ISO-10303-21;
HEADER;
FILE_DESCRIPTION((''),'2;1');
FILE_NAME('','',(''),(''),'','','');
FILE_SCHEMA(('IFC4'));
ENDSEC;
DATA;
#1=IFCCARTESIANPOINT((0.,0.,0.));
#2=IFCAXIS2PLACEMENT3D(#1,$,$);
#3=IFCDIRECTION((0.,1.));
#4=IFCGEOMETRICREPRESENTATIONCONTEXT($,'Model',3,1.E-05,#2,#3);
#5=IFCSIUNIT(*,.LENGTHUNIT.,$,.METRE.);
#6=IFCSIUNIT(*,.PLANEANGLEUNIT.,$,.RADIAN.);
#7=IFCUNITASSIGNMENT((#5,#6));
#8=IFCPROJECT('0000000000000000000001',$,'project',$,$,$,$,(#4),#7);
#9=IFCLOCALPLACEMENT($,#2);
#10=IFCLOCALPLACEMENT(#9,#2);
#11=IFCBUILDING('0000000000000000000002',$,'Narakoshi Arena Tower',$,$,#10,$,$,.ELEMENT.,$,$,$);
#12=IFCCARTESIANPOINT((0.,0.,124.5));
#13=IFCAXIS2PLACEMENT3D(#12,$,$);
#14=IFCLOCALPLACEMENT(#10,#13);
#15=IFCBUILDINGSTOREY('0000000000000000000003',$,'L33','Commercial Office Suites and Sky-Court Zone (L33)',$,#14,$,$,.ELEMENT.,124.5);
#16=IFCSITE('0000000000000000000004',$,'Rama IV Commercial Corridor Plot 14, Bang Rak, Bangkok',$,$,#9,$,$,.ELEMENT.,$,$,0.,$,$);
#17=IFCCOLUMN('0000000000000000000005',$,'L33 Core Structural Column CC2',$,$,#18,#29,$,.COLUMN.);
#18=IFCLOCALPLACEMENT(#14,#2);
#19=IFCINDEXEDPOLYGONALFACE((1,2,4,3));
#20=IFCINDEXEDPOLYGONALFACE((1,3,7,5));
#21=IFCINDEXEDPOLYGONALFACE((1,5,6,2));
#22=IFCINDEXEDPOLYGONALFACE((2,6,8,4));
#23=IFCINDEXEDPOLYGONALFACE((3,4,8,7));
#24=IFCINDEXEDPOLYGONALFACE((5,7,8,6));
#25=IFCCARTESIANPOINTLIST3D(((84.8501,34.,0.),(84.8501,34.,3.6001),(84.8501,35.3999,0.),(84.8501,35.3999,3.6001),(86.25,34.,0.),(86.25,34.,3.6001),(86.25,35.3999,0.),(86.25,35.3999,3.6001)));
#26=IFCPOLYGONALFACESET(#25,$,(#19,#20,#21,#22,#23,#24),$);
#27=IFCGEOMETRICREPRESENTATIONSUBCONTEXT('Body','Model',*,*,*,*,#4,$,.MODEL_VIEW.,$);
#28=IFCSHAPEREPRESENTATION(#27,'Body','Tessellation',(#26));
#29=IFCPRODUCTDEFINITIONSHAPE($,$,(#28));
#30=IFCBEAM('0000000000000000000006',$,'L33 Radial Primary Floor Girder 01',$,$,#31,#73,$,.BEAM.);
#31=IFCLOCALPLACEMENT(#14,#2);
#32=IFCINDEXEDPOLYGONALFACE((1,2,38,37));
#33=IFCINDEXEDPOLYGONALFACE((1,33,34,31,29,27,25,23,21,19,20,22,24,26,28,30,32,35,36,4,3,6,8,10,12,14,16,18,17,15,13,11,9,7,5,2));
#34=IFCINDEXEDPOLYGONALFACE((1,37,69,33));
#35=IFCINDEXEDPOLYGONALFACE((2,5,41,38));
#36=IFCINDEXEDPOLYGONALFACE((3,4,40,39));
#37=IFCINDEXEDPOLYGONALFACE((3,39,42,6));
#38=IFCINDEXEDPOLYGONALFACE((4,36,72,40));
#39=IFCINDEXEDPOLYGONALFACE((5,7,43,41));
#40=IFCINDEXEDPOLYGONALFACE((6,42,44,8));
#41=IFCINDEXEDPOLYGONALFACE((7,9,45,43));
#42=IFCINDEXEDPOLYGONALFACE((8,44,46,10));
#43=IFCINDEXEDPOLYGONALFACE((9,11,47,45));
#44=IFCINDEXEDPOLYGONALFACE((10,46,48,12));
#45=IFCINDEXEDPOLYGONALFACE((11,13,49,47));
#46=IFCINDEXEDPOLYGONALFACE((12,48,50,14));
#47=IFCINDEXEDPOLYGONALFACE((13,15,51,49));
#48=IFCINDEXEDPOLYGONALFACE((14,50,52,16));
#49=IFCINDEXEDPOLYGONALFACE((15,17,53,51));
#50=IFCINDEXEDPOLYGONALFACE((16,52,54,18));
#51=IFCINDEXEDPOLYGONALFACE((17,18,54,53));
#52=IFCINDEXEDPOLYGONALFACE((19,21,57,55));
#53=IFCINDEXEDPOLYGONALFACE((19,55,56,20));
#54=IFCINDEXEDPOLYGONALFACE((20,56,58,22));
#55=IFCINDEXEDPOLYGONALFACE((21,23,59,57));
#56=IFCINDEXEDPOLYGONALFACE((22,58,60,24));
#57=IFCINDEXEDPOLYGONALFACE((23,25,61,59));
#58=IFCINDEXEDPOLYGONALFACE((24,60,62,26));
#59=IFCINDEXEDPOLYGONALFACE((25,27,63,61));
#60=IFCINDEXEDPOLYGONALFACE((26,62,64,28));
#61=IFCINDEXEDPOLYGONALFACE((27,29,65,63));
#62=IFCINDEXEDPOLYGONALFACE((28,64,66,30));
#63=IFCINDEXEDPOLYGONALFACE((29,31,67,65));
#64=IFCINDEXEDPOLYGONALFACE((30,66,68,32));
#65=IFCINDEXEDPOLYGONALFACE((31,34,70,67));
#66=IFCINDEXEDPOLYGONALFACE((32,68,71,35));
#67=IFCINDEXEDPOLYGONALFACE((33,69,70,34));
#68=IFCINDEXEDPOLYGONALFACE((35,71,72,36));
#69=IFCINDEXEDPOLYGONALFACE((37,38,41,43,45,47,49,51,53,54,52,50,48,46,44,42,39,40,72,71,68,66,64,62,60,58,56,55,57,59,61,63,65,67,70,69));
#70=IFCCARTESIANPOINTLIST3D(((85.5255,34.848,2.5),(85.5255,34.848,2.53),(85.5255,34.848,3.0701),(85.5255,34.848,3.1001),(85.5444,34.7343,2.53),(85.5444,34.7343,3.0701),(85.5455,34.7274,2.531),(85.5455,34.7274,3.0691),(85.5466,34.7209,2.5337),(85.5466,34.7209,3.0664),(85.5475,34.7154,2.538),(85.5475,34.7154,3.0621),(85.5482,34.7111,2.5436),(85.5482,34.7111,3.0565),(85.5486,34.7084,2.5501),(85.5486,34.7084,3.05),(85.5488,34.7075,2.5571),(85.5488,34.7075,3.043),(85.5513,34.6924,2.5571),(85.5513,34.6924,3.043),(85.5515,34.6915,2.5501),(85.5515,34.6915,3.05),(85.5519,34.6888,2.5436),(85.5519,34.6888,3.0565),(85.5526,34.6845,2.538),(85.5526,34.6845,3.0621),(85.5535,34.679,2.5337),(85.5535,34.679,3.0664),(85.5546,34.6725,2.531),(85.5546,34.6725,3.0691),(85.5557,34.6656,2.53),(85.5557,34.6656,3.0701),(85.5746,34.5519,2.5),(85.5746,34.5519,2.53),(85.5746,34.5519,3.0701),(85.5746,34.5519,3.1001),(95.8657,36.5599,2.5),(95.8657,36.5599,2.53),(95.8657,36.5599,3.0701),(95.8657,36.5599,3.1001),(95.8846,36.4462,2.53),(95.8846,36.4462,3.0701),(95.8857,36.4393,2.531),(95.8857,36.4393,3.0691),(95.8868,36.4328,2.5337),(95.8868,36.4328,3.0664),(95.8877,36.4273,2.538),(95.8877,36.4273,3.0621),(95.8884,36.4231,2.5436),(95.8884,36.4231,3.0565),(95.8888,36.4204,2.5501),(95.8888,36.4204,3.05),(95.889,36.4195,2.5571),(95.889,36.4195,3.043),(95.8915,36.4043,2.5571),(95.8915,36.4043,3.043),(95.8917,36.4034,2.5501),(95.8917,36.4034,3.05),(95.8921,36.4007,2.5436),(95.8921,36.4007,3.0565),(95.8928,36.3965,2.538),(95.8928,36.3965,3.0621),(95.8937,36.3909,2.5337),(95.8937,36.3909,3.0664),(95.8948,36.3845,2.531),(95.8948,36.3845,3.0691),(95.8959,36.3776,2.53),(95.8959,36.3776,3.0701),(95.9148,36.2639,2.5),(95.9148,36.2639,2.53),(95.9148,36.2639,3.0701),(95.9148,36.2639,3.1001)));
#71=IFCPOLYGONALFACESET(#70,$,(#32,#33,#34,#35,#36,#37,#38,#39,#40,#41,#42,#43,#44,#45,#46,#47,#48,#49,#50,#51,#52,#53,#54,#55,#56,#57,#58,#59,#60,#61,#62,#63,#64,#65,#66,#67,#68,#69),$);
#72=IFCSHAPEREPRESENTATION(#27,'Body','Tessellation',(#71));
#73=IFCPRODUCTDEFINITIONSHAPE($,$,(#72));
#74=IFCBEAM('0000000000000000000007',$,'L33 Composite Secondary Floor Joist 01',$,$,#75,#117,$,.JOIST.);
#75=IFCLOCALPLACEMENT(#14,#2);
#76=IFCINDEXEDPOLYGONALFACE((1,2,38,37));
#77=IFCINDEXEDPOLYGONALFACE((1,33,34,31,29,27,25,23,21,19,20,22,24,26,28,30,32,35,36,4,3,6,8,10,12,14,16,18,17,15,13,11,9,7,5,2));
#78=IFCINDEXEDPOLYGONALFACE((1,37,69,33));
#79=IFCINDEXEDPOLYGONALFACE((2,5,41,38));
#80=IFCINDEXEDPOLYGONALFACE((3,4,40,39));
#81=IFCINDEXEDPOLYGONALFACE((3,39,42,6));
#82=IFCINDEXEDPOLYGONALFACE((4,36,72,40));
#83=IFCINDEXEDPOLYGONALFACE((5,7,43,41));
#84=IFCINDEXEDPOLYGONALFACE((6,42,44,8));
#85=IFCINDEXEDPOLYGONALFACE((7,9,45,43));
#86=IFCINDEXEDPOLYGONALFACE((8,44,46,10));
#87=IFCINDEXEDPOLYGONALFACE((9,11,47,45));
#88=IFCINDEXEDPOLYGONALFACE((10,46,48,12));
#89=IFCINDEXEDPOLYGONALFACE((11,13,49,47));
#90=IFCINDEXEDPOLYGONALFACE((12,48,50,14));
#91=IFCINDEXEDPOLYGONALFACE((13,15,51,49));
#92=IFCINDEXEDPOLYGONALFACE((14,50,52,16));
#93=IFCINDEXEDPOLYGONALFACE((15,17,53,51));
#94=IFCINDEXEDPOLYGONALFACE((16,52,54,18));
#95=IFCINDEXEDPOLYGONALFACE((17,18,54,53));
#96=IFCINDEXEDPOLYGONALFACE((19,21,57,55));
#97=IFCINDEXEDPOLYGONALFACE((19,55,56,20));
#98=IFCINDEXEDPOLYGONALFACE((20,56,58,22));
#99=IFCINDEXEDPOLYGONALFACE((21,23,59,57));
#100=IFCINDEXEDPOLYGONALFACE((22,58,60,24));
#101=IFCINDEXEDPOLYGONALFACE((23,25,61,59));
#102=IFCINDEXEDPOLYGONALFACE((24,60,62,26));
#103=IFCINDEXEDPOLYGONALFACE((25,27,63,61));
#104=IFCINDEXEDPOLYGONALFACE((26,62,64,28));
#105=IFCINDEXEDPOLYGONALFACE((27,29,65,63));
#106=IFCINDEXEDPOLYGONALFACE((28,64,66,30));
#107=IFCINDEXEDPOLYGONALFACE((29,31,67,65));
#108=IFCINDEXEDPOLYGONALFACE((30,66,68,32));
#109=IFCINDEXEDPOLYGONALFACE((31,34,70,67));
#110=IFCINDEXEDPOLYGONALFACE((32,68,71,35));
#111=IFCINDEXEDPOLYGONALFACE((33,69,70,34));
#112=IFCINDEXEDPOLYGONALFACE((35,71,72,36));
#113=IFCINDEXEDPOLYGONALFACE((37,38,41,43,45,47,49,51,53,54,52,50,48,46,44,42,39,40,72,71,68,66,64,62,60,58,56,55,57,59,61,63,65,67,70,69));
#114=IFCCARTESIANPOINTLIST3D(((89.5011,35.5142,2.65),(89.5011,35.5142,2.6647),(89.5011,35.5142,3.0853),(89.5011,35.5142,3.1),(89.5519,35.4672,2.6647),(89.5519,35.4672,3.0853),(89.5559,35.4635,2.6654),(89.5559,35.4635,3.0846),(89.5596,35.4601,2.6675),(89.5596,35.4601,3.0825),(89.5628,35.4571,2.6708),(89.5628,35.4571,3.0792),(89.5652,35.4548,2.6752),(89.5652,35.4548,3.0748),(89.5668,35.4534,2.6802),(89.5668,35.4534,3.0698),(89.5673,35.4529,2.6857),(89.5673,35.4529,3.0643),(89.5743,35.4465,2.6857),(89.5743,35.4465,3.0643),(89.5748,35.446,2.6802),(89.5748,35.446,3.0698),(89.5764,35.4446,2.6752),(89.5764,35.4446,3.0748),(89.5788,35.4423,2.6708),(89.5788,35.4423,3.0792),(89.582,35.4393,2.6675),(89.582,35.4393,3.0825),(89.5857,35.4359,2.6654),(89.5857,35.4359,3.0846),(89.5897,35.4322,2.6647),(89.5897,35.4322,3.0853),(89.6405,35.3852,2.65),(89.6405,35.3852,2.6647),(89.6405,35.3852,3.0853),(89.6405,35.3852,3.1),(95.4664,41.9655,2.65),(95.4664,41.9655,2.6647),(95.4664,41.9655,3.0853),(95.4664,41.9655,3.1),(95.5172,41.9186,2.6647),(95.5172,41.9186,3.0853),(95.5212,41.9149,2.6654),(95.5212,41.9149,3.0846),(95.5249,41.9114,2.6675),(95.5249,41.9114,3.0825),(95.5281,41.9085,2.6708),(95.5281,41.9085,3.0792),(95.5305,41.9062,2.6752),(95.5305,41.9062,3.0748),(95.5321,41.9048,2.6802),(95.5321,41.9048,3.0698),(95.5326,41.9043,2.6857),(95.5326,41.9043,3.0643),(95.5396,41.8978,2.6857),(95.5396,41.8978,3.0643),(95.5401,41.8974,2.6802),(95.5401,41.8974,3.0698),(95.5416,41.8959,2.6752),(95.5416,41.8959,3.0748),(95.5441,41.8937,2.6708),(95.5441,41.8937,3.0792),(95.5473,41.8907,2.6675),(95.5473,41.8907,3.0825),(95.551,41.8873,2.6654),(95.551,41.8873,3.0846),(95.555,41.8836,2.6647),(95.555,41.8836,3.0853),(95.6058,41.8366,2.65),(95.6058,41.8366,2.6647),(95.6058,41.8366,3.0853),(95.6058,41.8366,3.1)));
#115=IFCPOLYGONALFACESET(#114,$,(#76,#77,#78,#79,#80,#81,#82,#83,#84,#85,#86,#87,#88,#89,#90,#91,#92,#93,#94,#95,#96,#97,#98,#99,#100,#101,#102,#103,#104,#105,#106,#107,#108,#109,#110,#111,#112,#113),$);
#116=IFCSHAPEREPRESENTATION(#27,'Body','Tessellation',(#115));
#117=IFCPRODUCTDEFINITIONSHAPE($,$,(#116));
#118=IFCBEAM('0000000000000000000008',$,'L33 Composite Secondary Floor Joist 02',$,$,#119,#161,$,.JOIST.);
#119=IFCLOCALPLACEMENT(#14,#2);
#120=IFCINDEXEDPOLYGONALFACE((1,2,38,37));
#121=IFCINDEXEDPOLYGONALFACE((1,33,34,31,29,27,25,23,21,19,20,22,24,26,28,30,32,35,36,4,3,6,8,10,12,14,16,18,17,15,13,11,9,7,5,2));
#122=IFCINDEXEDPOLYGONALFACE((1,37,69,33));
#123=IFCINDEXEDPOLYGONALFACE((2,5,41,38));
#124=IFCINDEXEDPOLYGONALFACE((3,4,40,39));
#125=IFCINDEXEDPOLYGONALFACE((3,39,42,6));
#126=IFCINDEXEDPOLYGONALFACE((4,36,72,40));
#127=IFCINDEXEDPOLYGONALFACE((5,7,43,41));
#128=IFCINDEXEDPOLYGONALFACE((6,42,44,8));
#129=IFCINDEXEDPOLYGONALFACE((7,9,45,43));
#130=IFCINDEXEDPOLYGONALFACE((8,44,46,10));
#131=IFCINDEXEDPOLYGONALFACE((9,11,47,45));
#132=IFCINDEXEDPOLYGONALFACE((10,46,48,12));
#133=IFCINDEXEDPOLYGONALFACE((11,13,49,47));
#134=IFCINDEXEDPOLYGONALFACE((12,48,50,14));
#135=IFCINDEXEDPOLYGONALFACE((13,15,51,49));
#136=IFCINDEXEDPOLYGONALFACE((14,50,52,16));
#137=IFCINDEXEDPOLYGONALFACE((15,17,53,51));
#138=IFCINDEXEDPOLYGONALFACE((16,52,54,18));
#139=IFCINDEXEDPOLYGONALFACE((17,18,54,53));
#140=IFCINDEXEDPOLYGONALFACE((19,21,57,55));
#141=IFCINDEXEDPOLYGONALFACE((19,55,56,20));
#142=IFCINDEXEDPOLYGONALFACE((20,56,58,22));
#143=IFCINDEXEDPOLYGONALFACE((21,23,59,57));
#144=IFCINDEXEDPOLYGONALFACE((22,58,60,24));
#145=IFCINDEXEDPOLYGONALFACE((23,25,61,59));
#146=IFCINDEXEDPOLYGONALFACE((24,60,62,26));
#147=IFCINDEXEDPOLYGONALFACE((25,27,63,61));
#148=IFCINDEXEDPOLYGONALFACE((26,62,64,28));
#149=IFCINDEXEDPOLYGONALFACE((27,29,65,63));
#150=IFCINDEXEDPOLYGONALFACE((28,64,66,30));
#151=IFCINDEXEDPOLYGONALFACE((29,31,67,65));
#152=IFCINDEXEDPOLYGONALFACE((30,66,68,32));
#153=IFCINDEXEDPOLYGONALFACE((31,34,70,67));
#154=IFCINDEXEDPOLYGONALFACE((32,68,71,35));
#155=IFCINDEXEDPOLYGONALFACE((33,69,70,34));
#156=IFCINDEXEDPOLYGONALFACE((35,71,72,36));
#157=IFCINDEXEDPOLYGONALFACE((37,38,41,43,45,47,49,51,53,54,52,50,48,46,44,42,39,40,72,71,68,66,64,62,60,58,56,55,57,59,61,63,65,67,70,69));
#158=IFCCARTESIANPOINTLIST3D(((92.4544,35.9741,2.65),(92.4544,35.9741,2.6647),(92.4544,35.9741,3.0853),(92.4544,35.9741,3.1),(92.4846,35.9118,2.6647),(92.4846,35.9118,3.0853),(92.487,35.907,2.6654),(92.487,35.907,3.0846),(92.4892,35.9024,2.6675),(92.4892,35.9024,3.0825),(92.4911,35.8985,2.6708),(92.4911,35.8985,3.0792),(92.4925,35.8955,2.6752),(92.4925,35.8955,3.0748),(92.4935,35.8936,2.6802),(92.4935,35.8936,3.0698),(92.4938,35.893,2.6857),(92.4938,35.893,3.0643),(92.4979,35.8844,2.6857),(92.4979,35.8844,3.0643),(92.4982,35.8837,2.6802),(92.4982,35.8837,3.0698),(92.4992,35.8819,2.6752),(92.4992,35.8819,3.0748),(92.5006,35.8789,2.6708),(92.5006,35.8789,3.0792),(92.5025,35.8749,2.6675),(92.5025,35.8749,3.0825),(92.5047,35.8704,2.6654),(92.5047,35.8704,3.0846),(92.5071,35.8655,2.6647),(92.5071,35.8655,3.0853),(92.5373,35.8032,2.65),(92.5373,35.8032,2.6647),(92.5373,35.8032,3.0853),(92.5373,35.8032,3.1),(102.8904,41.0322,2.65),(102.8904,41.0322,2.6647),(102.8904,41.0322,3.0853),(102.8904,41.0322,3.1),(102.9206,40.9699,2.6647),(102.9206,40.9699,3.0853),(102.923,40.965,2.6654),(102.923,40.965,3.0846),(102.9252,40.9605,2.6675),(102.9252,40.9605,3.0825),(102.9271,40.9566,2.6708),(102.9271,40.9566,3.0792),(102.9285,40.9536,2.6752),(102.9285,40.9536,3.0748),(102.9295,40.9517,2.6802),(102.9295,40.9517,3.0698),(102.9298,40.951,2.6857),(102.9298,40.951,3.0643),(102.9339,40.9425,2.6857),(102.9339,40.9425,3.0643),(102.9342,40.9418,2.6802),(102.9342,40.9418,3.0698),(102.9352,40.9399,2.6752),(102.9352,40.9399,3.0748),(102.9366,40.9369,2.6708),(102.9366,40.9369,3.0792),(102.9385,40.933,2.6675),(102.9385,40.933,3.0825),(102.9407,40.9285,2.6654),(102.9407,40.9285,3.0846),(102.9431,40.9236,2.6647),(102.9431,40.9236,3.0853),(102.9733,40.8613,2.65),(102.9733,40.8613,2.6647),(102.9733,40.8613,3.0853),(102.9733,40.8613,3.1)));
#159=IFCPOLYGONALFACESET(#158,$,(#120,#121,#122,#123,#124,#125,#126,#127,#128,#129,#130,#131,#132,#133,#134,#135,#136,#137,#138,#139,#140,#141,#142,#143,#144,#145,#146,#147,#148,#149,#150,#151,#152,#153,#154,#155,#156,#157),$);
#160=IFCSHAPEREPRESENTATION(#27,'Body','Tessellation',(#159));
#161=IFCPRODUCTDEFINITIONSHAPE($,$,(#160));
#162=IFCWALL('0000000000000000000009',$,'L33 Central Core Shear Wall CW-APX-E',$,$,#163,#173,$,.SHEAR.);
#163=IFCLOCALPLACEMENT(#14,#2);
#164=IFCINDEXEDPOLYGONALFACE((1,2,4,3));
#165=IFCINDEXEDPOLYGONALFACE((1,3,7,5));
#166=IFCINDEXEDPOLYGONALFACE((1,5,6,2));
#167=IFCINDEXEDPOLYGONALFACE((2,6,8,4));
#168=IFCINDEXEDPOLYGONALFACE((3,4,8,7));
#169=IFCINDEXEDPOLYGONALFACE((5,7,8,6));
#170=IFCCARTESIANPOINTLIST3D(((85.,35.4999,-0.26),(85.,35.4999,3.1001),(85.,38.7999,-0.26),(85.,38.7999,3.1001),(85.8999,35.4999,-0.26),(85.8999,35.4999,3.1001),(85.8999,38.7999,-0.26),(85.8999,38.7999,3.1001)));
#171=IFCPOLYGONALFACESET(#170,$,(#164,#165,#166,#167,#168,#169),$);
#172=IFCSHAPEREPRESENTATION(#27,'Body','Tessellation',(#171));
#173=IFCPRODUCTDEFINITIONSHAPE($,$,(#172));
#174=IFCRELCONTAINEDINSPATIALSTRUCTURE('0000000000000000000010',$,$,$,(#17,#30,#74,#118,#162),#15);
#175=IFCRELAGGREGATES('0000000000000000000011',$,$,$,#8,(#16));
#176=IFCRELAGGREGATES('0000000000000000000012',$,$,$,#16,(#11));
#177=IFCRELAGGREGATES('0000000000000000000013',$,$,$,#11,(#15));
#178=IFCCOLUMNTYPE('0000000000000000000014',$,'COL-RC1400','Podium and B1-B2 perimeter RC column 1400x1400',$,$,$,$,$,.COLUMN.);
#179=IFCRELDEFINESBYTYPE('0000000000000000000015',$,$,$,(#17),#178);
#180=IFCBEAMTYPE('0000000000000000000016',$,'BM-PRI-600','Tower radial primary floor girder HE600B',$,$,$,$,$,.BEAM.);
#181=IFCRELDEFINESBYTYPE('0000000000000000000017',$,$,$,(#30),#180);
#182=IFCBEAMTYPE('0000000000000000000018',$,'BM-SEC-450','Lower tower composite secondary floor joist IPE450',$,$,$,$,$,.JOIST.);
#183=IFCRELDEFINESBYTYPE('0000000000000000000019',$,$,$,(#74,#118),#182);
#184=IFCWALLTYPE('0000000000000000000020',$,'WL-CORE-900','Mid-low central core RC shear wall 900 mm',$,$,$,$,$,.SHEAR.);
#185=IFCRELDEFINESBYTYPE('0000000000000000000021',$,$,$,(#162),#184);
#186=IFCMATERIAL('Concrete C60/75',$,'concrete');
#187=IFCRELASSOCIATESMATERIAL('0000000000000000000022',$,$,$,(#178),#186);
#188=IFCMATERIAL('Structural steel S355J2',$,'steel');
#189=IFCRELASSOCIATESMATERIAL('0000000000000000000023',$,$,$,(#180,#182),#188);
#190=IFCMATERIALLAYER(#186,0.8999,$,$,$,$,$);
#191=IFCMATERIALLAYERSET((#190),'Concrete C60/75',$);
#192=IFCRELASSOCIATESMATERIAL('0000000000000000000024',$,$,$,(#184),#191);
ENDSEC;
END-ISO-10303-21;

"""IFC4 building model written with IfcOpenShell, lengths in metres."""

from ifc_helpers import new_model, si_unit, direction, frame, frame_2d, origin, origin_2d, place, context, subcontext, project, spatial, rectangle, i_section, extrude, material, layer, layer_set, material_profile, profile_set, type_object, element, save


model = new_model("IFC4")

# Units and contexts
model_context = context("Model", 3, precision=1e-05, world=origin(), true_north=direction((0.0, 1.0)))
body_context = subcontext(model_context, "Body", "Model", "MODEL_VIEW")
ifc_project = project(units=[si_unit("LENGTHUNIT", "METRE"), si_unit("PLANEANGLEUNIT", "RADIAN")], contexts=[model_context])

# Site, building, storey
site_placement = place(None, origin())
site = spatial("IfcSite", under=ifc_project, at=site_placement, Name="Rama IV Commercial Corridor Plot 14, Bang Rak, Bangkok", CompositionType="ELEMENT", RefElevation=0.0)
building_placement = place(site_placement, origin())
building = spatial("IfcBuilding", under=site, at=building_placement, Name="Narakoshi Arena Tower", CompositionType="ELEMENT")
storey_placement = place(building_placement, frame((0.0, 0.0, 124.5)))
storey = spatial("IfcBuildingStorey", under=building, at=storey_placement, Name="L33", Description="Commercial Office Suites and Sky-Court Zone (L33)", CompositionType="ELEMENT", Elevation=124.5)

# Column
ifc_material_1 = material(Name="Concrete C60/75", Category="concrete")
ifc_material_profile_1 = material_profile(ifc_material_1, rectangle(XDim=1.3999, YDim=1.3999, at=origin_2d()), Name="RC1400x1400")
ifc_profile_set_1 = profile_set([ifc_material_profile_1], Name="Concrete C60/75")
column_type = type_object("IfcColumnType", Name="COL-RC1400", Description="Podium and B1-B2 perimeter RC column 1400x1400", PredefinedType="COLUMN", material=ifc_profile_set_1)
column_placement = place(storey_placement, frame((85.55, 34.7, 0.0), z_axis=(0.0, 0.0, 1.0), x_axis=(1.0, 0.0, 0.0)))
element("IfcColumn", 1, at=column_placement, inside=storey, type_object=column_type, Name="L33 Core Structural Column CC2", PredefinedType="COLUMN", context=body_context, shape_type="SweptSolid", body=[
    extrude(rectangle(XDim=1.3999, YDim=1.3999, at=origin_2d()), origin(), (0.0, 0.0, 1.0), 3.6001),
])

# Beams
ifc_material_2 = material(Name="Structural steel S355J2", Category="steel")
ifc_material_profile_2 = material_profile(ifc_material_2, i_section(OverallWidth=0.3, OverallDepth=0.6001, WebThickness=0.0154, FlangeThickness=0.03, FilletRadius=0.0271, at=origin_2d()), Name="HE600B")
ifc_profile_set_2 = profile_set([ifc_material_profile_2], Name="Structural steel S355J2")
beam_type_1 = type_object("IfcBeamType", Name="BM-PRI-600", Description="Tower radial primary floor girder HE600B", PredefinedType="BEAM", material=ifc_profile_set_2)
beam_1_placement = place(storey_placement, frame((85.55, 34.7, 2.8), z_axis=(0.98657, 0.163337, 0.0), x_axis=(-0.163337, 0.98657, 0.0)))
element("IfcBeam", 2, at=beam_1_placement, inside=storey, type_object=beam_type_1, Name="L33 Radial Primary Floor Girder 01", PredefinedType="BEAM", context=body_context, shape_type="SweptSolid", body=[
    extrude(i_section(OverallWidth=0.3, OverallDepth=0.6001, WebThickness=0.0154, FlangeThickness=0.03, FilletRadius=0.0271, at=origin_2d()), origin(), (0.0, 0.0, 1.0), 10.481),
])
ifc_material_profile_3 = material_profile(ifc_material_2, i_section(OverallWidth=0.1899, OverallDepth=0.45, WebThickness=0.0095, FlangeThickness=0.0146, FilletRadius=0.021, at=origin_2d()), Name="IPE450")
ifc_profile_set_3 = profile_set([ifc_material_profile_3], Name="Structural steel S355J2")
beam_type_2 = type_object("IfcBeamType", Name="BM-SEC-450", Description="Lower tower composite secondary floor joist IPE450", PredefinedType="JOIST", material=ifc_profile_set_3)
beam_2_placement = place(storey_placement, frame((89.5708, 35.4497, 2.875), z_axis=(0.678905, 0.734226, 0.0), x_axis=(-0.734226, 0.678905, 0.0)))
element("IfcBeam", 3, at=beam_2_placement, inside=storey, type_object=beam_type_2, Name="L33 Composite Secondary Floor Joist 01", PredefinedType="JOIST", context=body_context, shape_type="SweptSolid", body=[
    extrude(i_section(OverallWidth=0.1899, OverallDepth=0.45, WebThickness=0.0095, FlangeThickness=0.0146, FilletRadius=0.021, at=origin_2d()), origin(), (0.0, 0.0, 1.0), 8.7866),
])
beam_3_placement = place(storey_placement, frame((92.4958, 35.8887, 2.875), z_axis=(0.899875, 0.436149, 0.0), x_axis=(-0.436149, 0.899875, 0.0)))
element("IfcBeam", 4, at=beam_3_placement, inside=storey, type_object=beam_type_2, Name="L33 Composite Secondary Floor Joist 02", PredefinedType="JOIST", context=body_context, shape_type="SweptSolid", body=[
    extrude(i_section(OverallWidth=0.1899, OverallDepth=0.45, WebThickness=0.0095, FlangeThickness=0.0146, FilletRadius=0.021, at=origin_2d()), origin(), (0.0, 0.0, 1.0), 11.5972),
])

# Wall
ifc_layer_1 = layer(ifc_material_1, 0.8999)
ifc_layer_set_1 = layer_set([ifc_layer_1], Name="Concrete C60/75")
wall_type_1 = type_object("IfcWallType", Name="WL-CORE-900", Description="Mid-low central core RC shear wall 900 mm", PredefinedType="SHEAR", material=ifc_layer_set_1)
wall_1_placement = place(storey_placement, frame((85.45, 35.5, -0.26), z_axis=(0.0, 0.0, 1.0), x_axis=(0.0, 1.0, 0.0)))
element("IfcWall", 5, at=wall_1_placement, inside=storey, type_object=wall_type_1, Name="L33 Central Core Shear Wall CW-APX-E", PredefinedType="SHEAR", context=body_context, shape_type="SweptSolid", body=[
    extrude(rectangle(XDim=3.3, YDim=0.8999, at=frame_2d((1.6499, 0.0))), origin(), (0.0, 0.0, 1.0), 3.3601),
])

save(model, "model.ifc")
